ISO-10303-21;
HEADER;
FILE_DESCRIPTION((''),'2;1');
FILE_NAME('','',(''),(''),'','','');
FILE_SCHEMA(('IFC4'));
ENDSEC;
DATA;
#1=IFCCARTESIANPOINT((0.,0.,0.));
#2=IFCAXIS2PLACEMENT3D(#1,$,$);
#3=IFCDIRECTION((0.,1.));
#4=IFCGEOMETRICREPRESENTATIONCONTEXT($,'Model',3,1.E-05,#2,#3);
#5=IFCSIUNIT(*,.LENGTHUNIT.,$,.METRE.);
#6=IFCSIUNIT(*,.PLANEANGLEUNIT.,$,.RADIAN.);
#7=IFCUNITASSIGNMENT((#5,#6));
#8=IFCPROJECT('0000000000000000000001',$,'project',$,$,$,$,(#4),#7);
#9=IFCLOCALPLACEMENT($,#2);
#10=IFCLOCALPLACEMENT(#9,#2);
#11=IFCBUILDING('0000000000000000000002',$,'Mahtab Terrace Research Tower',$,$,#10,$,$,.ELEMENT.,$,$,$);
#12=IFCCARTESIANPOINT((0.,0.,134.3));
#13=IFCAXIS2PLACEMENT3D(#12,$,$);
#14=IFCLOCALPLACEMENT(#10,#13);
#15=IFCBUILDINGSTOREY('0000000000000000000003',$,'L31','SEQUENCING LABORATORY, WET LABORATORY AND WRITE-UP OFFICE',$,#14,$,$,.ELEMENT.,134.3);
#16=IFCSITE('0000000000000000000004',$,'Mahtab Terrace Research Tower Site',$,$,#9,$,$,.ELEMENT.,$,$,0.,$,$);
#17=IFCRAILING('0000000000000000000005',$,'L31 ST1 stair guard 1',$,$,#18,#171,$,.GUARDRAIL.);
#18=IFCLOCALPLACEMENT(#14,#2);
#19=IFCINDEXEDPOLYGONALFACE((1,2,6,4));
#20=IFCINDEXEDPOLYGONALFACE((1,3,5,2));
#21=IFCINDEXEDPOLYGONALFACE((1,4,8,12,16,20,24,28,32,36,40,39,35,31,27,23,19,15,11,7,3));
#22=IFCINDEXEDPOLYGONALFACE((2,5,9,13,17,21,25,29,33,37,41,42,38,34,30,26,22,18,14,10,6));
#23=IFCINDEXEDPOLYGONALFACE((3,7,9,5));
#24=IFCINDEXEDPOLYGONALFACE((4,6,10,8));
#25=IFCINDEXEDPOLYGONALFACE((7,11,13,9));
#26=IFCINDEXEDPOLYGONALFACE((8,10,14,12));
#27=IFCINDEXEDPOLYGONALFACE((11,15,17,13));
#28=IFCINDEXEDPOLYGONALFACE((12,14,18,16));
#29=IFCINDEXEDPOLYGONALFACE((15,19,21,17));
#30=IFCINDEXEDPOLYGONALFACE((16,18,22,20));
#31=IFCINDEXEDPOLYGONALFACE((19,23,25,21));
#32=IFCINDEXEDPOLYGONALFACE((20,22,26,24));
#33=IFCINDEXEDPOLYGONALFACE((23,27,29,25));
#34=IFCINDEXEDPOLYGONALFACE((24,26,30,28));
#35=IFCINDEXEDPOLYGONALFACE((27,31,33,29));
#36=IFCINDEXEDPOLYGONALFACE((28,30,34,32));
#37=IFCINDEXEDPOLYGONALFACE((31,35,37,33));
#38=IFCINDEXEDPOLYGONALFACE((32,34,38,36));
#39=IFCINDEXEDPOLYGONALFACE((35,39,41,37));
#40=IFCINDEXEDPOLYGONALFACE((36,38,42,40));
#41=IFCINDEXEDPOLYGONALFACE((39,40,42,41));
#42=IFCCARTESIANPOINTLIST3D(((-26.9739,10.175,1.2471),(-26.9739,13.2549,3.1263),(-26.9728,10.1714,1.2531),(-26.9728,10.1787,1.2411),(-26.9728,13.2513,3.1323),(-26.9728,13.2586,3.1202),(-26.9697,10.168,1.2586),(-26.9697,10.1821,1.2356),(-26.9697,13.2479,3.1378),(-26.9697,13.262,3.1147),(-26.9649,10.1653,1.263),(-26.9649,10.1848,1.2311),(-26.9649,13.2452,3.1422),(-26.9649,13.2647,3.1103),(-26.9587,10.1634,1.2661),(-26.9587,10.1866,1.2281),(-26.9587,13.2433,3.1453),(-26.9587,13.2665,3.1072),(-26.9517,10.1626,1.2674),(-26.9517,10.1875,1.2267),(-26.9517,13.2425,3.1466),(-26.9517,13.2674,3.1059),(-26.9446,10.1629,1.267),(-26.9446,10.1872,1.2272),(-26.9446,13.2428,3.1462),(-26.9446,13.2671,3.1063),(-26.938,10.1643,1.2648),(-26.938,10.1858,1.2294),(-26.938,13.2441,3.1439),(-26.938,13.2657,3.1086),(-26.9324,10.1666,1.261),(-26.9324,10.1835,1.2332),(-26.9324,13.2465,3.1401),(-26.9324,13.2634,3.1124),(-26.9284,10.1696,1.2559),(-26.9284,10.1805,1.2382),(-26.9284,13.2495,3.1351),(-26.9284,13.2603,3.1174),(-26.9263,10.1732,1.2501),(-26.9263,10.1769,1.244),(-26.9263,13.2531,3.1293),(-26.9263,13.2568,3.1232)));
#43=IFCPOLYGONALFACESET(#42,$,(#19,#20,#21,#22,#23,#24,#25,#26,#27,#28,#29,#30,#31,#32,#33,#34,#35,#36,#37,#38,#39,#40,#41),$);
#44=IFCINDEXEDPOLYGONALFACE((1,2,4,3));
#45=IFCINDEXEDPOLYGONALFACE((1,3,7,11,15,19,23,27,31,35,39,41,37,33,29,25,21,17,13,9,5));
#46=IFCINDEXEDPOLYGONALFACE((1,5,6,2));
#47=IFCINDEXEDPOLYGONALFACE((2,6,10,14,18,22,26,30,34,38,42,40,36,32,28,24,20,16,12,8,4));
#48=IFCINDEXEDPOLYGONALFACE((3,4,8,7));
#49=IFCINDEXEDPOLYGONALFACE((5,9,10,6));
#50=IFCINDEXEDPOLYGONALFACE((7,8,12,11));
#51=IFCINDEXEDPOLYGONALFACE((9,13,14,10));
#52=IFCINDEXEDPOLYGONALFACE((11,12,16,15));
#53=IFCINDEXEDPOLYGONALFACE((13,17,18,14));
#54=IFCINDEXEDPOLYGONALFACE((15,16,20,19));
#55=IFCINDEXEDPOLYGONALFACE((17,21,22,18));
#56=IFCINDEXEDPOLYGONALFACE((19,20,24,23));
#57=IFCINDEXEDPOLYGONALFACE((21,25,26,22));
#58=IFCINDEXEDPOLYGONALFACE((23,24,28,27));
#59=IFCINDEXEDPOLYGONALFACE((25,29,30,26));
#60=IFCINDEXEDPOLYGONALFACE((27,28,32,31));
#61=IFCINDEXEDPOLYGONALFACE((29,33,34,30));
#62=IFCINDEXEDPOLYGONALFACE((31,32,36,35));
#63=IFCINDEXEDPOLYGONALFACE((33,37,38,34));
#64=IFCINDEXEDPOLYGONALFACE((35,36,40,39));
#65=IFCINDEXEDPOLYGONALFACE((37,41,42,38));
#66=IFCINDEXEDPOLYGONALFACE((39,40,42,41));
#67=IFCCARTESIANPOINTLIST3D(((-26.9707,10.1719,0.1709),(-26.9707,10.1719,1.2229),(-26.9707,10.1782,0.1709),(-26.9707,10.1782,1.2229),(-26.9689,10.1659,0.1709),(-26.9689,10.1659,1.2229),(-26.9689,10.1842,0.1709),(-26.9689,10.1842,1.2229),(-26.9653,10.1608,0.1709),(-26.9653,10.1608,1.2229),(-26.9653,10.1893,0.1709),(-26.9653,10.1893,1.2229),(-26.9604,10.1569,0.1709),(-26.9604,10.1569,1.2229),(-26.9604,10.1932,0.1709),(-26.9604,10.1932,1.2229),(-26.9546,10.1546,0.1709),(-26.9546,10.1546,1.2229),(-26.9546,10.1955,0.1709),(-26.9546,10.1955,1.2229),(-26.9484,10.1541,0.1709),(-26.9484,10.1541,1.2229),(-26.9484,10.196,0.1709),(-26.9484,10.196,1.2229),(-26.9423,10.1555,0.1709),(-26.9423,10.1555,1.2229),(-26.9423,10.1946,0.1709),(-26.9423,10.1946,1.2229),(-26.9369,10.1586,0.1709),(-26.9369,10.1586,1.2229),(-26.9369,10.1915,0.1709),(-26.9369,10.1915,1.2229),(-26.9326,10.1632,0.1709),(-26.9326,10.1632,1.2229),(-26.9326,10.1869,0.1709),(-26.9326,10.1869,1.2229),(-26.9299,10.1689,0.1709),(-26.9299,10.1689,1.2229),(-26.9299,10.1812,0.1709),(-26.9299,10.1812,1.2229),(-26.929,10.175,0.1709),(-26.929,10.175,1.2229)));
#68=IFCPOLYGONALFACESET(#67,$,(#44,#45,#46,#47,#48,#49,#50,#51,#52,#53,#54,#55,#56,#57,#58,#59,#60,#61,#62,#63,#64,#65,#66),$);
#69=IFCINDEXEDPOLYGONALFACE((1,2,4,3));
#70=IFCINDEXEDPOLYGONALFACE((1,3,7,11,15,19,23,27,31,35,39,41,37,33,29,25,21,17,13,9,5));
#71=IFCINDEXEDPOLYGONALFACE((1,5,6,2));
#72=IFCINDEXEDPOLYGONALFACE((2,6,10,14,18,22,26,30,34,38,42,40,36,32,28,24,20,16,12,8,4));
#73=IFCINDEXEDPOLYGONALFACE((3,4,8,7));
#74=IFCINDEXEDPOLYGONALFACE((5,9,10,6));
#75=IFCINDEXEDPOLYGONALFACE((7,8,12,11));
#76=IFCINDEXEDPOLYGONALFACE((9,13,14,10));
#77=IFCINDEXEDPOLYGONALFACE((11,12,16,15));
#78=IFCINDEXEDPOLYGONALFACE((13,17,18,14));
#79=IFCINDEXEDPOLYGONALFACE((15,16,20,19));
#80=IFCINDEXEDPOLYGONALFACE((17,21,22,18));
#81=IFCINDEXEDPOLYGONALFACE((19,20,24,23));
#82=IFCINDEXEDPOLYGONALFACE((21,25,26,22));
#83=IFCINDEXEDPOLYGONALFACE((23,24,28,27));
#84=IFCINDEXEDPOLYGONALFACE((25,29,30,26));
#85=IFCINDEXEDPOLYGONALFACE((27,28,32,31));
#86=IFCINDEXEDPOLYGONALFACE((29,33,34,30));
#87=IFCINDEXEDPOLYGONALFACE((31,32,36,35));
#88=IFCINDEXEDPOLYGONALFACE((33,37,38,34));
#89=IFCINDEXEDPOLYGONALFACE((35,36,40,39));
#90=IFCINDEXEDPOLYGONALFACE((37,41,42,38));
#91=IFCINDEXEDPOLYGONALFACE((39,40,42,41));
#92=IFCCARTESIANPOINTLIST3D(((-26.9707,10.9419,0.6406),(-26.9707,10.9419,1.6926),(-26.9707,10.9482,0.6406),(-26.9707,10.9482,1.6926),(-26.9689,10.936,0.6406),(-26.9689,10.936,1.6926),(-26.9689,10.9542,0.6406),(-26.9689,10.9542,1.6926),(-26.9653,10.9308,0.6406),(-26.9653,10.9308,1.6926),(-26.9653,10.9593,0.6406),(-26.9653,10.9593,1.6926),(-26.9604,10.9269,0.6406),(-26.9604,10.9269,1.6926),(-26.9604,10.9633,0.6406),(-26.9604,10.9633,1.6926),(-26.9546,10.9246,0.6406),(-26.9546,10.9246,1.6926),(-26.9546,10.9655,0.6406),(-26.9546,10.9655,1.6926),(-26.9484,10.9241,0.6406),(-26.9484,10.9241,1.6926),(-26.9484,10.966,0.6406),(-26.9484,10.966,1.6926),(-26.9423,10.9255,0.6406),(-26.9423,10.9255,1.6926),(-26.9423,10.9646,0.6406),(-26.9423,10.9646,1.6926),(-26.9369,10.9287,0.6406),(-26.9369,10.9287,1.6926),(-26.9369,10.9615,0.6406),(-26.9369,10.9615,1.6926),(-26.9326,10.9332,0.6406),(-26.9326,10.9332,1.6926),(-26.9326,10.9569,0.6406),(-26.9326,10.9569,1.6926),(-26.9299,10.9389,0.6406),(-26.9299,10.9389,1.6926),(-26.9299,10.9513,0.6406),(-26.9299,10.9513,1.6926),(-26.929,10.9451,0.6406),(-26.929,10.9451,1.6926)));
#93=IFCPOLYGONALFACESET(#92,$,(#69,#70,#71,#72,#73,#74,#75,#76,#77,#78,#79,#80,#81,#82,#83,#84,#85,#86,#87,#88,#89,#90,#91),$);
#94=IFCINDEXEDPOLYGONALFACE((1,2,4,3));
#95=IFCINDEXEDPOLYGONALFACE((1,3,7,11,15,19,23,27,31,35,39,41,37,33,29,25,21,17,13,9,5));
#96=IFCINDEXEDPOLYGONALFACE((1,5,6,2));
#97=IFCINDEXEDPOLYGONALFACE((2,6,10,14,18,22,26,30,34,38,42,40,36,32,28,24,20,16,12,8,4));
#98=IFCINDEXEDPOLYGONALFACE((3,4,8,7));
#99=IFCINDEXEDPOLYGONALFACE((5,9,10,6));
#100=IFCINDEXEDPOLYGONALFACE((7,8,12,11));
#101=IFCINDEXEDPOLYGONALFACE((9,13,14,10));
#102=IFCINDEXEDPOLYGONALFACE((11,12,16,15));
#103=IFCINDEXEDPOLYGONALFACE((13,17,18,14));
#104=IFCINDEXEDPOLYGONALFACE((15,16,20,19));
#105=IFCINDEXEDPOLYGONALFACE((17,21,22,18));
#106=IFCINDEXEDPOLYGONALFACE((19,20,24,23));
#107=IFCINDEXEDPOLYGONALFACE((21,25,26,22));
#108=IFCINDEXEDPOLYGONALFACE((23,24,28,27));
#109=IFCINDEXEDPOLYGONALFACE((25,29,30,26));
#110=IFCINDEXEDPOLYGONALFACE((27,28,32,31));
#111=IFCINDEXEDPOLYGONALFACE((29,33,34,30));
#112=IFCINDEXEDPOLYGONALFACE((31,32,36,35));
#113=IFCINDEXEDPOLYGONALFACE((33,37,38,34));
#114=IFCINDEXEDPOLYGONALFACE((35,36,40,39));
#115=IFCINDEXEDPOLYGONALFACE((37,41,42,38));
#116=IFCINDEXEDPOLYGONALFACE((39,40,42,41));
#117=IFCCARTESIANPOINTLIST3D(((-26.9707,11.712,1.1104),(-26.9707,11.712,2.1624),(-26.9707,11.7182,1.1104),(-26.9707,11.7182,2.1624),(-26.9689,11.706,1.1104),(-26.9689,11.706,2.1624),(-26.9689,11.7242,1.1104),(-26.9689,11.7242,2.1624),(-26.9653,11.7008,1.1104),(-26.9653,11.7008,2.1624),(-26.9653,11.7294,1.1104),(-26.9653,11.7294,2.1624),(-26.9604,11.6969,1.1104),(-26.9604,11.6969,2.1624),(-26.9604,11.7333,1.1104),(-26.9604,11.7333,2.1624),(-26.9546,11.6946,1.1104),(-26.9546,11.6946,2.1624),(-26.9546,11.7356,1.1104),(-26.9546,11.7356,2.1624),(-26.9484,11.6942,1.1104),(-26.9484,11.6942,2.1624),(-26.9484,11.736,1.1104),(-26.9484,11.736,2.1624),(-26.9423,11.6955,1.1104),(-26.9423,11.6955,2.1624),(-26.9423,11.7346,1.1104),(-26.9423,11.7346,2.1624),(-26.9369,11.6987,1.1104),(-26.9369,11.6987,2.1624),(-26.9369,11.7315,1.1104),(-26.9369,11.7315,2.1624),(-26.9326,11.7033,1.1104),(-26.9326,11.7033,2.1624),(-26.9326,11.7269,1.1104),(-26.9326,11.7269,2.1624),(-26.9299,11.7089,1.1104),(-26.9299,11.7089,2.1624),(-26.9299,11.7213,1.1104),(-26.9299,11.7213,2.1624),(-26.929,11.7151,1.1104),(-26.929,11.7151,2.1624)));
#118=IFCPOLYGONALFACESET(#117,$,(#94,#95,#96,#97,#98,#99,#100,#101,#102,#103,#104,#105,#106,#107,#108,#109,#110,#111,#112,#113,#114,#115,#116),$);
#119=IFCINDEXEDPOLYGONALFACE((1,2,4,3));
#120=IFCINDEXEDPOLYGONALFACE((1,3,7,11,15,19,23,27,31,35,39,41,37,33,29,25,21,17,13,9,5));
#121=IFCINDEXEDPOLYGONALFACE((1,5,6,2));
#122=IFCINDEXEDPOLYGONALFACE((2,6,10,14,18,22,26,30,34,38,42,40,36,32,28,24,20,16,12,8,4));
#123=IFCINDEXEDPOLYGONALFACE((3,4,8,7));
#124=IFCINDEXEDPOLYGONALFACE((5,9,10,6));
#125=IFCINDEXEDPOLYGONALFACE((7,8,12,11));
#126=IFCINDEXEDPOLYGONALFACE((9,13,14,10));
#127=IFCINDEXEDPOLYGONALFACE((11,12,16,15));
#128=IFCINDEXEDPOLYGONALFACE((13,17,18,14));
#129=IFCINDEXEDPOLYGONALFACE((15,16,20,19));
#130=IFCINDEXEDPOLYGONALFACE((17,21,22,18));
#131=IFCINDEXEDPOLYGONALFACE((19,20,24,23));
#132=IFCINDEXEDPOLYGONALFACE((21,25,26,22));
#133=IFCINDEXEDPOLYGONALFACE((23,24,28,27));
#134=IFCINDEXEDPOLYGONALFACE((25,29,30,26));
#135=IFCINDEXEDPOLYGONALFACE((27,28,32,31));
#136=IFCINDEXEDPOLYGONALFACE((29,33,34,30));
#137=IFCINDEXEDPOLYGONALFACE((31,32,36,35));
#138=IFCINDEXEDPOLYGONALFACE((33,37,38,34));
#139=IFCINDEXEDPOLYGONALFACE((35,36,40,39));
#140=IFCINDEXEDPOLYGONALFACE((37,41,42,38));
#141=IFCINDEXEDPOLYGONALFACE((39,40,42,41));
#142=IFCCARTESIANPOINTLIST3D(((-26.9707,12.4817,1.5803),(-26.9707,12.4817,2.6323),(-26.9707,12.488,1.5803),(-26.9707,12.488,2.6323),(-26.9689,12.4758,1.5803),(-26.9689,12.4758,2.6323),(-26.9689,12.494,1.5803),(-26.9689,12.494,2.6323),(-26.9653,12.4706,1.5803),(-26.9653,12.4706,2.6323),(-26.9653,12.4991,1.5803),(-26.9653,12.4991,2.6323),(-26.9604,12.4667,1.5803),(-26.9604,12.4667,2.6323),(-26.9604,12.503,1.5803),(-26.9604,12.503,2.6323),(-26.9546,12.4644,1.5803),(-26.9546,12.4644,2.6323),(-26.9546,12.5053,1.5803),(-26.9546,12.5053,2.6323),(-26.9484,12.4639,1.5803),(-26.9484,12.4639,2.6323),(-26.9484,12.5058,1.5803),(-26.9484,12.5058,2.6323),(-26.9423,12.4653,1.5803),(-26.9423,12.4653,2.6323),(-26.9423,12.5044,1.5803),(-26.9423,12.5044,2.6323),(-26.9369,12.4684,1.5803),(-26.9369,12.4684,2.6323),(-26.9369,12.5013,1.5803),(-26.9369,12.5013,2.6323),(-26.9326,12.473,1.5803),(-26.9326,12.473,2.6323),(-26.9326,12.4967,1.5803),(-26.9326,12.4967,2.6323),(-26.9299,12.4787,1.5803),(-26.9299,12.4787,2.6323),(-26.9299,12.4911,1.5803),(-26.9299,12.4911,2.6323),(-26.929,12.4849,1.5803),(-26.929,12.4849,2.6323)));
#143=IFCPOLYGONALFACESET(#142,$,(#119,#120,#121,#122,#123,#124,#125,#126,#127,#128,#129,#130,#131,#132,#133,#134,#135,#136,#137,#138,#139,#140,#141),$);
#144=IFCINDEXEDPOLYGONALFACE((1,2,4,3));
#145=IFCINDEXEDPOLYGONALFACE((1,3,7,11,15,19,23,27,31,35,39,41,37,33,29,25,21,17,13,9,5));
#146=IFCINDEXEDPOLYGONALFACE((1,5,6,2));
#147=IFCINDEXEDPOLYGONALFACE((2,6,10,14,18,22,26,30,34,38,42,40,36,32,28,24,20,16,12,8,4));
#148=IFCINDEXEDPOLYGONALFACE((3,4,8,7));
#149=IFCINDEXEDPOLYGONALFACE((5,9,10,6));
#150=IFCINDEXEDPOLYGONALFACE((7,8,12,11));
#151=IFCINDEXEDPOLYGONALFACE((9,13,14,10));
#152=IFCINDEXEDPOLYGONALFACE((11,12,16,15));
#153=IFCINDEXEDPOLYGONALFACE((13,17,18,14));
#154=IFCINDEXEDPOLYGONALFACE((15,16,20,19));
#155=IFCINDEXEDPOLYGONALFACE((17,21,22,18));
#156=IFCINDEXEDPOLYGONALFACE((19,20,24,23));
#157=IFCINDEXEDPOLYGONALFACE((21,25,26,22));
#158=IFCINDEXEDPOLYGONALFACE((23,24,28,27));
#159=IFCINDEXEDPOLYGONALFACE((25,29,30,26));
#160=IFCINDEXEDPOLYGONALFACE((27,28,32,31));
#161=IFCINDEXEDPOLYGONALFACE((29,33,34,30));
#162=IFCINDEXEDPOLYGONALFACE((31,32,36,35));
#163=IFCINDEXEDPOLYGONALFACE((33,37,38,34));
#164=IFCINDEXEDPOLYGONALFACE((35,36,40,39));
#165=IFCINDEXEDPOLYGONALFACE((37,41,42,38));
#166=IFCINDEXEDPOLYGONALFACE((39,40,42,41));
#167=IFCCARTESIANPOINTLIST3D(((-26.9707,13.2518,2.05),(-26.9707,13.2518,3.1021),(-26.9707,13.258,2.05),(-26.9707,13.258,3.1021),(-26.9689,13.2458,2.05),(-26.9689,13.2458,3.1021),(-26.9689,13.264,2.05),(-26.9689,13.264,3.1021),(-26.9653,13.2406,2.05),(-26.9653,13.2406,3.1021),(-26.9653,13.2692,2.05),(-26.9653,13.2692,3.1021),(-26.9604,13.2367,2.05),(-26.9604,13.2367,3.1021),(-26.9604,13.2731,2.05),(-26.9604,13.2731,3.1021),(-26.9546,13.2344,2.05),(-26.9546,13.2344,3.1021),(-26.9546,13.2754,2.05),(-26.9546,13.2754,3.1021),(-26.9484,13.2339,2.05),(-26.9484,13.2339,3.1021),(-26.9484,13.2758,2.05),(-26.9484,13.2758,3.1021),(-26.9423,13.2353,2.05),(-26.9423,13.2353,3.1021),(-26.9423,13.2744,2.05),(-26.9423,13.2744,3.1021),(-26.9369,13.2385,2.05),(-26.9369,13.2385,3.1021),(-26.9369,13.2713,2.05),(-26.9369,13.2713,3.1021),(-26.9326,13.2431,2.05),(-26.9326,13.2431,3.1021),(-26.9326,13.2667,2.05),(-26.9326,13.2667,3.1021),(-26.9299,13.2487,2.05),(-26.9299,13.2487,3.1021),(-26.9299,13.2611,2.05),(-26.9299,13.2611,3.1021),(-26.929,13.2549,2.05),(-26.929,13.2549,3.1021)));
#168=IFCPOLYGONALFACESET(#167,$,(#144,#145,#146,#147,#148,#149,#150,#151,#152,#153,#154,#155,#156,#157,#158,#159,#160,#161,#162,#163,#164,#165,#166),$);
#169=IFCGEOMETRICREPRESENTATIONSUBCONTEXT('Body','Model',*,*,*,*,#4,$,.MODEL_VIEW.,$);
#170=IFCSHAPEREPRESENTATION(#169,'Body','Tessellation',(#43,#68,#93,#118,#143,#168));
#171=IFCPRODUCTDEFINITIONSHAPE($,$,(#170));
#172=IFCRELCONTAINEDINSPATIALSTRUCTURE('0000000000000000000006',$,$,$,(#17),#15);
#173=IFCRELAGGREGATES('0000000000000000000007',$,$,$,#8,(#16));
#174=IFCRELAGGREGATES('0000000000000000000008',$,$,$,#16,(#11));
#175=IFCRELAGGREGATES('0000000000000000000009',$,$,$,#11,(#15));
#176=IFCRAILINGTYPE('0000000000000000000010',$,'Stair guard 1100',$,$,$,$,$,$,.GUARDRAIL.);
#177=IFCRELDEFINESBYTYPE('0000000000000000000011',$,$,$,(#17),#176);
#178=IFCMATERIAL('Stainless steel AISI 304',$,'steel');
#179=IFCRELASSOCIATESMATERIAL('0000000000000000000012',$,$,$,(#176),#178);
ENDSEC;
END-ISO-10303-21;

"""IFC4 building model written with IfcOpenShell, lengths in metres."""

from ifc_helpers import new_model, si_unit, direction, frame, origin, origin_2d, place, context, subcontext, project, spatial, circle, extrude, material, type_object, element, save


model = new_model("IFC4")

# Units and contexts
model_context = context("Model", 3, precision=1e-05, world=origin(), true_north=direction((0.0, 1.0)))
body_context = subcontext(model_context, "Body", "Model", "MODEL_VIEW")
ifc_project = project(units=[si_unit("LENGTHUNIT", "METRE"), si_unit("PLANEANGLEUNIT", "RADIAN")], contexts=[model_context])

# Site, building, storey
site_placement = place(None, origin())
site = spatial("IfcSite", under=ifc_project, at=site_placement, Name="Mahtab Terrace Research Tower Site", CompositionType="ELEMENT", RefElevation=0.0)
building_placement = place(site_placement, origin())
building = spatial("IfcBuilding", under=site, at=building_placement, Name="Mahtab Terrace Research Tower", CompositionType="ELEMENT")
storey_placement = place(building_placement, frame((0.0, 0.0, 134.3)))
storey = spatial("IfcBuildingStorey", under=building, at=storey_placement, Name="L31", Description="SEQUENCING LABORATORY, WET LABORATORY AND WRITE-UP OFFICE", CompositionType="ELEMENT", Elevation=134.3)

# Railing
ifc_material_1 = material(Name="Stainless steel AISI 304", Category="steel")
railing_type_1 = type_object("IfcRailingType", Name="Stair guard 1100", PredefinedType="GUARDRAIL", material=ifc_material_1)
railing_1_placement = place(storey_placement, frame((-26.95, 10.175, 0.1709)))
element("IfcRailing", 1, at=railing_1_placement, inside=storey, type_object=railing_type_1, Name="L31 ST1 stair guard 1", PredefinedType="GUARDRAIL", context=body_context, shape_type="SweptSolid", body=[
    extrude(circle(Radius=0.0239, at=origin_2d()), frame((0.0, 0.0, 1.0762), z_axis=(0.0, 0.853648, 0.52085), x_axis=(-1.0, 0.0, 0.0)), (0.0, 0.0, 1.0), 3.6079),
    extrude(circle(Radius=0.021, at=origin_2d()), origin(), (0.0, 0.0, 1.0), 1.052),
    extrude(circle(Radius=0.021, at=origin_2d()), frame((0.0, 0.77, 0.4697)), (0.0, 0.0, 1.0), 1.052),
    extrude(circle(Radius=0.021, at=origin_2d()), frame((0.0, 1.54, 0.9395)), (0.0, 0.0, 1.0), 1.052),
    extrude(circle(Radius=0.021, at=origin_2d()), frame((0.0, 2.3098, 1.4094)), (0.0, 0.0, 1.0), 1.052),
    extrude(circle(Radius=0.021, at=origin_2d()), frame((0.0, 3.0798, 1.8792)), (0.0, 0.0, 1.0), 1.052),
])

save(model, "model.ifc")
